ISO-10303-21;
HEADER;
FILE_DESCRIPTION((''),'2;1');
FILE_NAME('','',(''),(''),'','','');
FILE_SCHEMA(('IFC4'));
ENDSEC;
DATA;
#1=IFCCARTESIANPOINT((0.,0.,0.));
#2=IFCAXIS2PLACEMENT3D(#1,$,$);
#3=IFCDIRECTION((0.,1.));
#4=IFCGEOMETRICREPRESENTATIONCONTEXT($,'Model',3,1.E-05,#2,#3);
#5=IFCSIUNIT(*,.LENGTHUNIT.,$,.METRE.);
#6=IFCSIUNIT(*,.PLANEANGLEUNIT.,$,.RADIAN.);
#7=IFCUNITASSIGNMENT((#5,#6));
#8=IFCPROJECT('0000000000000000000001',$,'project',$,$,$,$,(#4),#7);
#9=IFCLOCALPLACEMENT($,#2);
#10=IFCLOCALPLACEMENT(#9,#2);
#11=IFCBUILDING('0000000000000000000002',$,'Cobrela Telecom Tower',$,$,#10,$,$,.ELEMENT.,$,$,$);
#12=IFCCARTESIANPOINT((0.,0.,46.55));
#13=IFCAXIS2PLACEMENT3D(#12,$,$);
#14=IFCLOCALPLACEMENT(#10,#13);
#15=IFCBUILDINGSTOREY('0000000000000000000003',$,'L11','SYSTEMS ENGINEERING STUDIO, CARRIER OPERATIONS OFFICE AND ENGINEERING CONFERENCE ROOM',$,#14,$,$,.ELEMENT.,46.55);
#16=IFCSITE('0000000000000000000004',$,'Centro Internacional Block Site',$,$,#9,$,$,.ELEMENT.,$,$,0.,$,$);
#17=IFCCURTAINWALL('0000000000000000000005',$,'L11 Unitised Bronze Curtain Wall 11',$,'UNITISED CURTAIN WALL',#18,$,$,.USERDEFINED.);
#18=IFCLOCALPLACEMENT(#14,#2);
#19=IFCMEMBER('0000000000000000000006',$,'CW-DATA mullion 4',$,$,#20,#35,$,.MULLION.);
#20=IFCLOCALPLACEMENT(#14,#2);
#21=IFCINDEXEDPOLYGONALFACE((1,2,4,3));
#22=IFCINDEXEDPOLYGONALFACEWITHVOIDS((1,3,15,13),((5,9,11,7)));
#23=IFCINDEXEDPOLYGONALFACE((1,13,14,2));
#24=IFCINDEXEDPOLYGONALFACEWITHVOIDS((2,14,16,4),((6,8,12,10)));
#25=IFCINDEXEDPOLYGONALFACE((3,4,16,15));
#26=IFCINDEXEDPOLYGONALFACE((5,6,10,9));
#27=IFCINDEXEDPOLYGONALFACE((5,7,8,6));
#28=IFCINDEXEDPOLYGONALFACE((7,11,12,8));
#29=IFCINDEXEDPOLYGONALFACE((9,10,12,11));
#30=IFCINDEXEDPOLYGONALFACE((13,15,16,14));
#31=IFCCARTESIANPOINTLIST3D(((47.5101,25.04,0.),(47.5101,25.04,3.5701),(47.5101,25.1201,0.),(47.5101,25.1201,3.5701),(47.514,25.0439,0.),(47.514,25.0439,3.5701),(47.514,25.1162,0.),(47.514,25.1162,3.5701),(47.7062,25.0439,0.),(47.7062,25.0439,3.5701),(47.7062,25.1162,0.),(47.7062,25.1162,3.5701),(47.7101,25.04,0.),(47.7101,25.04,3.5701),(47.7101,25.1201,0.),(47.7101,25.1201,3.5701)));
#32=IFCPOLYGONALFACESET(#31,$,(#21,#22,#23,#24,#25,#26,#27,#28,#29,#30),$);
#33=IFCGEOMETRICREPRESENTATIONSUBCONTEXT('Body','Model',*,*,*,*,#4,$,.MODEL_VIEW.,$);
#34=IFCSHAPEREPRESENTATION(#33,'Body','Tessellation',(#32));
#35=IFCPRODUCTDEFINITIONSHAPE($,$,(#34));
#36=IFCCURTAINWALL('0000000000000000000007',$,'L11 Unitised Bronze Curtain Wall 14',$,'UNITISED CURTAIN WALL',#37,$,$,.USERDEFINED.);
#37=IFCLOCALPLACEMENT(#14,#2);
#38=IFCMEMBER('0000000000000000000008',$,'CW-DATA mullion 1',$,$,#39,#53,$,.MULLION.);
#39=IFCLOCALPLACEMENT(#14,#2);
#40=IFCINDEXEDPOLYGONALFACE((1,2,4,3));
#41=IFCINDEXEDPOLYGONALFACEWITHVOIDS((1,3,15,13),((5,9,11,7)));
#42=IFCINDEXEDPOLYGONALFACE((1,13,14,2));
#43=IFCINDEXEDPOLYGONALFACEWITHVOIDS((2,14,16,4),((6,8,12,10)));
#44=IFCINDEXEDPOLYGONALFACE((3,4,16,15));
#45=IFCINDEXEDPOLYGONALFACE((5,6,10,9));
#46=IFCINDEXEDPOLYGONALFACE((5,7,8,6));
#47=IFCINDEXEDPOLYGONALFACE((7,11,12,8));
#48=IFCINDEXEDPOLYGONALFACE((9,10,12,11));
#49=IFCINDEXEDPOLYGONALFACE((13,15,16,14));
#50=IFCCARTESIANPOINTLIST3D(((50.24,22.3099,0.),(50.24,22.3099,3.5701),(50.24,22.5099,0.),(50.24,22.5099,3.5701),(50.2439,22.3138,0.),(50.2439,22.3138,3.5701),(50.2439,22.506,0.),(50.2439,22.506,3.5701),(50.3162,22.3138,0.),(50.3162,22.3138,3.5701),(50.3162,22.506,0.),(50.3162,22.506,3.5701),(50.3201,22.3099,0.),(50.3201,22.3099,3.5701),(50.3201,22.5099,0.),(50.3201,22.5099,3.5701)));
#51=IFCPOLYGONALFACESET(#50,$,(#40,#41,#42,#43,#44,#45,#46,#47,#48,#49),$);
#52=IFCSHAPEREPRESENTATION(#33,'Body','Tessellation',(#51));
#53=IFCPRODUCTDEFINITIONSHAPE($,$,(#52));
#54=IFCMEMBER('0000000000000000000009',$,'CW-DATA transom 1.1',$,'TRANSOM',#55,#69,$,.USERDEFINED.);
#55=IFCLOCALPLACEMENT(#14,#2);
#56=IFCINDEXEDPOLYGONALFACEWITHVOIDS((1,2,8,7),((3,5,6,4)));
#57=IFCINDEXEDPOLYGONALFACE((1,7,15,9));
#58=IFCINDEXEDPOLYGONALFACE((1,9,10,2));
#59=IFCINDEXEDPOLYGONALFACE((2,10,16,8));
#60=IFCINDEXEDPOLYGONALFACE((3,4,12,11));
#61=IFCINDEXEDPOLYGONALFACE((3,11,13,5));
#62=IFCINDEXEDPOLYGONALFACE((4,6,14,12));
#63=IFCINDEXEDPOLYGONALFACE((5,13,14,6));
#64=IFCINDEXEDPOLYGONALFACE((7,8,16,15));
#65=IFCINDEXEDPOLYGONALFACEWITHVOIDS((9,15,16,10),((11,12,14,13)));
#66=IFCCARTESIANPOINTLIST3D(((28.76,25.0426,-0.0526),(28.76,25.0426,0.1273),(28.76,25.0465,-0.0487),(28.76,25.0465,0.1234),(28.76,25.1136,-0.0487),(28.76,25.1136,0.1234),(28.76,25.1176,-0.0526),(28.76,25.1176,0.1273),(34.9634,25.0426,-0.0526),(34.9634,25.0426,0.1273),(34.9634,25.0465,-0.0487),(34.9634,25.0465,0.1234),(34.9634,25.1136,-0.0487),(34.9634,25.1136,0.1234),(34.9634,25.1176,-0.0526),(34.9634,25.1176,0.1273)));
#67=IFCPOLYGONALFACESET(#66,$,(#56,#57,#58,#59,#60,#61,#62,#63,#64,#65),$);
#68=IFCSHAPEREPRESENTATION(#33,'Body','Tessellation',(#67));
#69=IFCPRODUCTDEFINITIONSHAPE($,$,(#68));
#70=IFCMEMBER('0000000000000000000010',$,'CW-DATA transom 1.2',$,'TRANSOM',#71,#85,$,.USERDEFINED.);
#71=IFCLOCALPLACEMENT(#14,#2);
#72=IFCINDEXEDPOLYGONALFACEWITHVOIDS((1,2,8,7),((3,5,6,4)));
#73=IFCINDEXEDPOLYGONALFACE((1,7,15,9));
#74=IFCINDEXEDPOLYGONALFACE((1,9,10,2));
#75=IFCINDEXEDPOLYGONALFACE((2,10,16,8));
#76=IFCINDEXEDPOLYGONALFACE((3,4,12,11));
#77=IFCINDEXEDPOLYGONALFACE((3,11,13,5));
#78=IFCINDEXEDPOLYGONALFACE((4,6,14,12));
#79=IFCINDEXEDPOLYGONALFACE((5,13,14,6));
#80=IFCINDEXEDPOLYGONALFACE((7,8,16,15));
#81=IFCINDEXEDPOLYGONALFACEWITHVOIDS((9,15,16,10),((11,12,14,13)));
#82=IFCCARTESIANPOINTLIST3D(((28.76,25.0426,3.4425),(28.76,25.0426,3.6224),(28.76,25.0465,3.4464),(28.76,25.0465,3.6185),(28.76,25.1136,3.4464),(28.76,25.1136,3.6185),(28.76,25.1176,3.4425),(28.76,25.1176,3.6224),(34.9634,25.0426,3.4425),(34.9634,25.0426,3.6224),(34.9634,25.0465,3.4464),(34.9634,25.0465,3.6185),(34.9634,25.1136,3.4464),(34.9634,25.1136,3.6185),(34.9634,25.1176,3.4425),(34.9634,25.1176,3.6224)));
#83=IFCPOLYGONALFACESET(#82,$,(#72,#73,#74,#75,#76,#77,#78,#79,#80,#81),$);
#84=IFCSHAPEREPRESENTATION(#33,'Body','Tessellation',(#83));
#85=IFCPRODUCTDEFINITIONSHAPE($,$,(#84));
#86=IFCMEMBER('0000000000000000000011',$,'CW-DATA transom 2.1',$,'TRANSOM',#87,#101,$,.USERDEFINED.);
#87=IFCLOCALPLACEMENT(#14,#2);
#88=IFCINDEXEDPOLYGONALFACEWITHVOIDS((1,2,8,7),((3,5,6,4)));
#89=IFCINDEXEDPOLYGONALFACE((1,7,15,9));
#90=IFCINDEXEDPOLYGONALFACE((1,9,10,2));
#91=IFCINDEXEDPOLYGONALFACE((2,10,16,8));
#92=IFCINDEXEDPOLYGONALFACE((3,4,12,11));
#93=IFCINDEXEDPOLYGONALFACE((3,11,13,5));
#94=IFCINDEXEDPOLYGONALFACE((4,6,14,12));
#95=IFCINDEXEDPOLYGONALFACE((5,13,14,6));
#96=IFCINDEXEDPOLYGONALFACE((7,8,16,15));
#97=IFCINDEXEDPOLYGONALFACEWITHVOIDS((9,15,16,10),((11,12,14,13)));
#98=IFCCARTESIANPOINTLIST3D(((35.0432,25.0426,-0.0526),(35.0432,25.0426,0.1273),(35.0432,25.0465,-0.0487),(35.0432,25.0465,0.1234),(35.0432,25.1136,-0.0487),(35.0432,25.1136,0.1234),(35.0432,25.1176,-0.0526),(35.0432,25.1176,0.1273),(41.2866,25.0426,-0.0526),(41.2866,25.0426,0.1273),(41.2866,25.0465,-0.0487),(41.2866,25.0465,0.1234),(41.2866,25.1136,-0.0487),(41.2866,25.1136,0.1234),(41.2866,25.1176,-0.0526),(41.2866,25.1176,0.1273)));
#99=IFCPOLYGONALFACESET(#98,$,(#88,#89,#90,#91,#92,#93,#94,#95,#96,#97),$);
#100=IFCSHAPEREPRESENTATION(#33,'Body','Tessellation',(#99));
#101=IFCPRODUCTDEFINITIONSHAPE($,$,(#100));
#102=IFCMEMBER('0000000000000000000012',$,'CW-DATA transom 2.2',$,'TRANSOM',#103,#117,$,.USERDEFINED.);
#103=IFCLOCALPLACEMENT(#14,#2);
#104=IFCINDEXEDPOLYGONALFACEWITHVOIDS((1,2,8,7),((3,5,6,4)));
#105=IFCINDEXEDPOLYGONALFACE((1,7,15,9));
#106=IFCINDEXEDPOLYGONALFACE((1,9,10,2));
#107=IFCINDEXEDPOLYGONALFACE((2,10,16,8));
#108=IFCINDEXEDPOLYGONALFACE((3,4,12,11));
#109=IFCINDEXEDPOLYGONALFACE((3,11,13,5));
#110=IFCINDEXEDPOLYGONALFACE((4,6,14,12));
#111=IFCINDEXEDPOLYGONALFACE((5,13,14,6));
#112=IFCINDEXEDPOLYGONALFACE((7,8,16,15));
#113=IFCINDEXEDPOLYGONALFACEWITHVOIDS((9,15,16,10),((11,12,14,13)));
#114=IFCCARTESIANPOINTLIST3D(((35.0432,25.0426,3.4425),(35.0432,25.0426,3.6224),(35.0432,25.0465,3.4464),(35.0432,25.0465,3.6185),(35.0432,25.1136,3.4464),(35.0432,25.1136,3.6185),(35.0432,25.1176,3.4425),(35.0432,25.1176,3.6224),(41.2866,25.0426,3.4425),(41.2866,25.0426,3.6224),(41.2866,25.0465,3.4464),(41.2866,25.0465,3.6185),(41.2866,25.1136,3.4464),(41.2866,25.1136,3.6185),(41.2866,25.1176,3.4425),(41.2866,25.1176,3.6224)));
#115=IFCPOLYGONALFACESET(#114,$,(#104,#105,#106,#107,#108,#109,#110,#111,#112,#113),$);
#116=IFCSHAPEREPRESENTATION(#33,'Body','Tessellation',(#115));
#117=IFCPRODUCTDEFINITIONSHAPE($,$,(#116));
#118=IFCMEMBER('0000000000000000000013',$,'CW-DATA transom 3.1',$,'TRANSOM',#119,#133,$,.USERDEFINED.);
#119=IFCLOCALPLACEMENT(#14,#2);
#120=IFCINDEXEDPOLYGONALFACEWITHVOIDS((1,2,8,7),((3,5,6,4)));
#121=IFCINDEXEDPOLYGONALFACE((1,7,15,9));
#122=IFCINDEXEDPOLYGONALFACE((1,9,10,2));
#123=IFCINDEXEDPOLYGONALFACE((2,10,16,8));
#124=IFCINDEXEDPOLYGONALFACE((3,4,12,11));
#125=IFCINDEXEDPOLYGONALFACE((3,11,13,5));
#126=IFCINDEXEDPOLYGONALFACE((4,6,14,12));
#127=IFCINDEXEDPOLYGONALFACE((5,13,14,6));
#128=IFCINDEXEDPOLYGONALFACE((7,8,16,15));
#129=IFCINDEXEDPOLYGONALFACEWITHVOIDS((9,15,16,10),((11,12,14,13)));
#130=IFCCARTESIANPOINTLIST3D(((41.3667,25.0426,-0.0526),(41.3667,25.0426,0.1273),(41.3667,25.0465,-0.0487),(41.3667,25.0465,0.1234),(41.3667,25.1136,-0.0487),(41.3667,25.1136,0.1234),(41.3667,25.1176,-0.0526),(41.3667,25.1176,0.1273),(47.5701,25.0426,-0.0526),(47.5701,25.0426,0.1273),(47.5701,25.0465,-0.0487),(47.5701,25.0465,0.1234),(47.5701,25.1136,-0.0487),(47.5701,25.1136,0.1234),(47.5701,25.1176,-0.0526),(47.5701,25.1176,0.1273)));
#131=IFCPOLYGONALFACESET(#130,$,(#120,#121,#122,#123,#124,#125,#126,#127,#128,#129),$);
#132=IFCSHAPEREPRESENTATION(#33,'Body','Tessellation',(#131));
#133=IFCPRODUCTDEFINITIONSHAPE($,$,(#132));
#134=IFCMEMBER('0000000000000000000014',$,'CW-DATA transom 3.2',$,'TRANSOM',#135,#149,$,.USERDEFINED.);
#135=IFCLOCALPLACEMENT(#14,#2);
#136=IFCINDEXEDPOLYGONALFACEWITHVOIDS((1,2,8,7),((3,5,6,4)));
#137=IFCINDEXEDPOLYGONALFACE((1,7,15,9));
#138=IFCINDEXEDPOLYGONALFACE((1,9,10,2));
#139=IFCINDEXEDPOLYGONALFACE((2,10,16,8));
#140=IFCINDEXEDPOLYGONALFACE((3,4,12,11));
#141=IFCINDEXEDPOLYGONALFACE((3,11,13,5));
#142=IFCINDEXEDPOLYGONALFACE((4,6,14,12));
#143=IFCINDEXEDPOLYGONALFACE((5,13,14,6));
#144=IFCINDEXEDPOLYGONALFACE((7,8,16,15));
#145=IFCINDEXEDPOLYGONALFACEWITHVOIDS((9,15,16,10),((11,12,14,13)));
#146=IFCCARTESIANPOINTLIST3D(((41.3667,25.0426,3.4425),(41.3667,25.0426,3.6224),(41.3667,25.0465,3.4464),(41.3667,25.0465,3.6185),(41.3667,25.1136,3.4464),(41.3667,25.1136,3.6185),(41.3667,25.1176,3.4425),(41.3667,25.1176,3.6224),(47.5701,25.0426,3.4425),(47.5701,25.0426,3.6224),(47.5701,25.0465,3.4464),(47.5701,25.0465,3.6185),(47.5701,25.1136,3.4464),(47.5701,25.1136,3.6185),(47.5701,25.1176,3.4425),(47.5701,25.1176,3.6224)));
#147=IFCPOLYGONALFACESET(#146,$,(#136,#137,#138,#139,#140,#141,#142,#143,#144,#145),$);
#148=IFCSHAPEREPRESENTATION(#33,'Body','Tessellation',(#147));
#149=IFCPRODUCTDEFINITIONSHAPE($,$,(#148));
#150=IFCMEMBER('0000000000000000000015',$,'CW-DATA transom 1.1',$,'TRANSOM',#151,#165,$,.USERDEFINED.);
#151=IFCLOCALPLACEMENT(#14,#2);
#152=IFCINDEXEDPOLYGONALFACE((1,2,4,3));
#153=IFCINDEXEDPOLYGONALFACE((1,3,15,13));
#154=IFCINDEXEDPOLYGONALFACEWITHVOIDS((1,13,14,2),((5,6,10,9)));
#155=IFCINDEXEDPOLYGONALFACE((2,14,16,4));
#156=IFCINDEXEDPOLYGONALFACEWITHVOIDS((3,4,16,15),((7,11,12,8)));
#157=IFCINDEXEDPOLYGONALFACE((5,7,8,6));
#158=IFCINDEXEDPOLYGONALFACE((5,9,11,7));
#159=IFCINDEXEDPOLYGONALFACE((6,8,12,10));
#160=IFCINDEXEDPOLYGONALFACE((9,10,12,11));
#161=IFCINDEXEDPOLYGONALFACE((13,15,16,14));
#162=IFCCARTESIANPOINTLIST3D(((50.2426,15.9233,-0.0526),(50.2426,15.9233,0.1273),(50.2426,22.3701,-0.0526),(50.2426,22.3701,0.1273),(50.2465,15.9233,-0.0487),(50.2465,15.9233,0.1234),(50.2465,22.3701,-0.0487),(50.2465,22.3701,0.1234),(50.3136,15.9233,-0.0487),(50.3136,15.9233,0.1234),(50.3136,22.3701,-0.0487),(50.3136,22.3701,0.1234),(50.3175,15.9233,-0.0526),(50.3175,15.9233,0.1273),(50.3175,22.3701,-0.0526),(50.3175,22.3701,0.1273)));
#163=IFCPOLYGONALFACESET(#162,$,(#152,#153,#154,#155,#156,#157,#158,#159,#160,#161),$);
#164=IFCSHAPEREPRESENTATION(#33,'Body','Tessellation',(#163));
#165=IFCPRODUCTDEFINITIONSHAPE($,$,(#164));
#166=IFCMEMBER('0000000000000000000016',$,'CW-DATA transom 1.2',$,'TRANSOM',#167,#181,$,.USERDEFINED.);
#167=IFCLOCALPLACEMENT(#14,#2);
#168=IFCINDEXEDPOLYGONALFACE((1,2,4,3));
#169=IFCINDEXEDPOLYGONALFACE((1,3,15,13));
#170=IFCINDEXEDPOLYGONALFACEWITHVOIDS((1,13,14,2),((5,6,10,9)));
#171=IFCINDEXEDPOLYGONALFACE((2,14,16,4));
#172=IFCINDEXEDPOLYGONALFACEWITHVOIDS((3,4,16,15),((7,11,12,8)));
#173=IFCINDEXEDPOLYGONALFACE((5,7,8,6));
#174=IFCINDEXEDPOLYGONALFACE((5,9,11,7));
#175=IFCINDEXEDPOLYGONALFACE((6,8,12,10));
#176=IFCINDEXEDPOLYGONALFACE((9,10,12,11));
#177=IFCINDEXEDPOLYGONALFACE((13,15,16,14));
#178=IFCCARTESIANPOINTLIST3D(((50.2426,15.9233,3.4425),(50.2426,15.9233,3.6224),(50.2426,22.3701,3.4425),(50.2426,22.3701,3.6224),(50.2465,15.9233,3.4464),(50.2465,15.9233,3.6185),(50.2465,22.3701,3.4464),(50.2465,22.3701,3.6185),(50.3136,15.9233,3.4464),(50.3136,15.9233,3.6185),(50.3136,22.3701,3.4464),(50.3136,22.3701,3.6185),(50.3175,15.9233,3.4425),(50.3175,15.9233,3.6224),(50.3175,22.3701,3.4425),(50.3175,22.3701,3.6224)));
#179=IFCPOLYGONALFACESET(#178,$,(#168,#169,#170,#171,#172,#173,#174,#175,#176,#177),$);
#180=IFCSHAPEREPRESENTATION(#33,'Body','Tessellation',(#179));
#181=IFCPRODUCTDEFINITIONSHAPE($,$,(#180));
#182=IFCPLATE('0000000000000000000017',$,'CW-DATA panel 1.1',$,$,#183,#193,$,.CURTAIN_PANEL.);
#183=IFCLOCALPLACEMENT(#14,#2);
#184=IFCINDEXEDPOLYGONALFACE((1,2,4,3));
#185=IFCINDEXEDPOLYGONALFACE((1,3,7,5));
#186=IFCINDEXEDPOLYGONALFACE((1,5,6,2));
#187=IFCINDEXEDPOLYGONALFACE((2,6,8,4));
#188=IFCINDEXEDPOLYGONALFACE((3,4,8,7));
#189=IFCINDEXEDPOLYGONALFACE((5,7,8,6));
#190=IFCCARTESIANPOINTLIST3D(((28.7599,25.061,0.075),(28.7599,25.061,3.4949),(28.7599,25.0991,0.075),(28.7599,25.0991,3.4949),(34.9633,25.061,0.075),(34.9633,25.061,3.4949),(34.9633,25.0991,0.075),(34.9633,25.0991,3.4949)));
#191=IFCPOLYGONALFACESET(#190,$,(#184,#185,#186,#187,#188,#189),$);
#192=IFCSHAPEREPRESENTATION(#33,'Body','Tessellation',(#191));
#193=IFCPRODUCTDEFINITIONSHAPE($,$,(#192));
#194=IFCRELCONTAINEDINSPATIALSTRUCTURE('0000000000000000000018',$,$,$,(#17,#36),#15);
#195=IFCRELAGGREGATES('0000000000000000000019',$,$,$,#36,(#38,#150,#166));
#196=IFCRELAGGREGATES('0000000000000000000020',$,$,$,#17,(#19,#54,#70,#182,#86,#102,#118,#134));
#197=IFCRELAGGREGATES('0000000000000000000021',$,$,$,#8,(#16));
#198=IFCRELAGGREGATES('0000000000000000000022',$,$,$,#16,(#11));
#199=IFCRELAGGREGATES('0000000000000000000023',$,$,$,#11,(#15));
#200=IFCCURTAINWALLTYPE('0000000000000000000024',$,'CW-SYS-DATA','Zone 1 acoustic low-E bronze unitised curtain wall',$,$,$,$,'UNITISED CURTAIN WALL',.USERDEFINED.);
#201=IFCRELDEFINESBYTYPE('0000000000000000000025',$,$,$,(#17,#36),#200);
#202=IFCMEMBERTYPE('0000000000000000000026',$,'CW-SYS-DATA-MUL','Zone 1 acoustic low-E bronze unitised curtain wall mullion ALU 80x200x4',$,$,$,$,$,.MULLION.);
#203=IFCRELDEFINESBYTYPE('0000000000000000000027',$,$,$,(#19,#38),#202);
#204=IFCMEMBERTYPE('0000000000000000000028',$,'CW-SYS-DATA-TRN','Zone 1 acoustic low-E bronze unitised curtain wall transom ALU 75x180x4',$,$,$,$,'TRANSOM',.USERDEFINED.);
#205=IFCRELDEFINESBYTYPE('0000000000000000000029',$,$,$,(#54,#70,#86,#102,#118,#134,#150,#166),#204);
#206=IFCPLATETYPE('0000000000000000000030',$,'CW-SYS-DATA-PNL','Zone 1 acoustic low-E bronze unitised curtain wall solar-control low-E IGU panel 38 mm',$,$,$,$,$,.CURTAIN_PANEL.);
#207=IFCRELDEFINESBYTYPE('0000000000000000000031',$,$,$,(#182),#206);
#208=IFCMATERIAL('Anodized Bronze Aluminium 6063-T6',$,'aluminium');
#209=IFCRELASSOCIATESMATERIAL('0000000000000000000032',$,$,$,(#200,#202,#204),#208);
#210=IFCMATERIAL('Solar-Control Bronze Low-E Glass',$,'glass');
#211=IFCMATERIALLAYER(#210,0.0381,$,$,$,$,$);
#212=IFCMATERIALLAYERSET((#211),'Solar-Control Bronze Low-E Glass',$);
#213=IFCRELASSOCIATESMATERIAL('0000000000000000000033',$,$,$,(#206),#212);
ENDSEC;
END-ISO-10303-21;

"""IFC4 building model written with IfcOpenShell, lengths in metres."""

from ifc_helpers import new_model, si_unit, direction, frame, origin, origin_2d, place, context, subcontext, project, spatial, rectangle, hollow_rectangle, extrude, material, layer, layer_set, material_profile, profile_set, type_object, element, aggregate, save


model = new_model("IFC4")

# Units and contexts
model_context = context("Model", 3, precision=1e-05, world=origin(), true_north=direction((0.0, 1.0)))
body_context = subcontext(model_context, "Body", "Model", "MODEL_VIEW")
ifc_project = project(units=[si_unit("LENGTHUNIT", "METRE"), si_unit("PLANEANGLEUNIT", "RADIAN")], contexts=[model_context])

# Site, building, storey
site_placement = place(None, origin())
site = spatial("IfcSite", under=ifc_project, at=site_placement, Name="Centro Internacional Block Site", CompositionType="ELEMENT", RefElevation=0.0)
building_placement = place(site_placement, origin())
building = spatial("IfcBuilding", under=site, at=building_placement, Name="Cobrela Telecom Tower", CompositionType="ELEMENT")
storey_placement = place(building_placement, frame((0.0, 0.0, 46.55)))
storey = spatial("IfcBuildingStorey", under=building, at=storey_placement, Name="L11", Description="SYSTEMS ENGINEERING STUDIO, CARRIER OPERATIONS OFFICE AND ENGINEERING CONFERENCE ROOM", CompositionType="ELEMENT", Elevation=46.55)

# Shared definitions
ifc_material_1 = material(Name="Anodized Bronze Aluminium 6063-T6", Category="aluminium")
curtain_wall_type = type_object("IfcCurtainWallType", Name="CW-SYS-DATA", Description="Zone 1 acoustic low-E bronze unitised curtain wall", ElementType="UNITISED CURTAIN WALL", PredefinedType="USERDEFINED", material=ifc_material_1)
ifc_material_profile_1 = material_profile(ifc_material_1, hollow_rectangle(XDim=0.0801, YDim=0.2, WallThickness=0.0039, at=origin_2d()), Name="ALU 80x200x4")
ifc_profile_set_1 = profile_set([ifc_material_profile_1], Name="Anodized Bronze Aluminium 6063-T6")
member_type_1 = type_object("IfcMemberType", Name="CW-SYS-DATA-MUL", Description="Zone 1 acoustic low-E bronze unitised curtain wall mullion ALU 80x200x4", PredefinedType="MULLION", material=ifc_profile_set_1)

# Curtain wall, member
curtain_wall_1_placement = place(storey_placement, origin())
curtain_wall_1 = element("IfcCurtainWall", 1, at=curtain_wall_1_placement, inside=storey, type_object=curtain_wall_type, Name="L11 Unitised Bronze Curtain Wall 11", ObjectType="UNITISED CURTAIN WALL", PredefinedType="USERDEFINED")
member_1_placement = place(storey_placement, frame((47.6101, 25.0801, 0.0), z_axis=(0.0, 0.0, 1.0), x_axis=(0.0, 1.0, 0.0)))
member_1 = element("IfcMember", 2, at=member_1_placement, type_object=member_type_1, Name="CW-DATA mullion 4", PredefinedType="MULLION", context=body_context, shape_type="SweptSolid", body=[
    extrude(hollow_rectangle(XDim=0.0801, YDim=0.2, WallThickness=0.0039, at=origin_2d()), origin(), (0.0, 0.0, 1.0), 3.5701),
])

# Curtain wall, member
curtain_wall_2_placement = place(storey_placement, origin())
curtain_wall_2 = element("IfcCurtainWall", 3, at=curtain_wall_2_placement, inside=storey, type_object=curtain_wall_type, Name="L11 Unitised Bronze Curtain Wall 14", ObjectType="UNITISED CURTAIN WALL", PredefinedType="USERDEFINED")
member_2_placement = place(storey_placement, frame((50.28, 22.4099, 0.0), z_axis=(0.0, 0.0, 1.0), x_axis=(1.0, 0.0, 0.0)))
member_2 = element("IfcMember", 4, at=member_2_placement, type_object=member_type_1, Name="CW-DATA mullion 1", PredefinedType="MULLION", context=body_context, shape_type="SweptSolid", body=[
    extrude(hollow_rectangle(XDim=0.0801, YDim=0.2, WallThickness=0.0039, at=origin_2d()), origin(), (0.0, 0.0, 1.0), 3.5701),
])

# Members
ifc_material_profile_2 = material_profile(ifc_material_1, hollow_rectangle(XDim=0.075, YDim=0.1799, WallThickness=0.0039, at=origin_2d()), Name="ALU 75x180x4")
ifc_profile_set_2 = profile_set([ifc_material_profile_2], Name="Anodized Bronze Aluminium 6063-T6")
member_type_2 = type_object("IfcMemberType", Name="CW-SYS-DATA-TRN", Description="Zone 1 acoustic low-E bronze unitised curtain wall transom ALU 75x180x4", ElementType="TRANSOM", PredefinedType="USERDEFINED", material=ifc_profile_set_2)
member_3_placement = place(storey_placement, frame((28.76, 25.0801, 0.0374), z_axis=(1.0, 0.0, 0.0), x_axis=(0.0, 1.0, 0.0)))
member_3 = element("IfcMember", 5, at=member_3_placement, type_object=member_type_2, Name="CW-DATA transom 1.1", ObjectType="TRANSOM", PredefinedType="USERDEFINED", context=body_context, shape_type="SweptSolid", body=[
    extrude(hollow_rectangle(XDim=0.075, YDim=0.1799, WallThickness=0.0039, at=origin_2d()), origin(), (0.0, 0.0, 1.0), 6.2034),
])
member_4_placement = place(storey_placement, frame((28.76, 25.0801, 3.5325), z_axis=(1.0, 0.0, 0.0), x_axis=(0.0, 1.0, 0.0)))
member_4 = element("IfcMember", 6, at=member_4_placement, type_object=member_type_2, Name="CW-DATA transom 1.2", ObjectType="TRANSOM", PredefinedType="USERDEFINED", context=body_context, shape_type="SweptSolid", body=[
    extrude(hollow_rectangle(XDim=0.075, YDim=0.1799, WallThickness=0.0039, at=origin_2d()), origin(), (0.0, 0.0, 1.0), 6.2034),
])
member_5_placement = place(storey_placement, frame((35.0432, 25.0801, 0.0374), z_axis=(1.0, 0.0, 0.0), x_axis=(0.0, 1.0, 0.0)))
member_5 = element("IfcMember", 7, at=member_5_placement, type_object=member_type_2, Name="CW-DATA transom 2.1", ObjectType="TRANSOM", PredefinedType="USERDEFINED", context=body_context, shape_type="SweptSolid", body=[
    extrude(hollow_rectangle(XDim=0.075, YDim=0.1799, WallThickness=0.0039, at=origin_2d()), origin(), (0.0, 0.0, 1.0), 6.2434),
])
member_6_placement = place(storey_placement, frame((35.0432, 25.0801, 3.5325), z_axis=(1.0, 0.0, 0.0), x_axis=(0.0, 1.0, 0.0)))
member_6 = element("IfcMember", 8, at=member_6_placement, type_object=member_type_2, Name="CW-DATA transom 2.2", ObjectType="TRANSOM", PredefinedType="USERDEFINED", context=body_context, shape_type="SweptSolid", body=[
    extrude(hollow_rectangle(XDim=0.075, YDim=0.1799, WallThickness=0.0039, at=origin_2d()), origin(), (0.0, 0.0, 1.0), 6.2434),
])
member_7_placement = place(storey_placement, frame((41.3667, 25.0801, 0.0374), z_axis=(1.0, 0.0, 0.0), x_axis=(0.0, 1.0, 0.0)))
member_7 = element("IfcMember", 9, at=member_7_placement, type_object=member_type_2, Name="CW-DATA transom 3.1", ObjectType="TRANSOM", PredefinedType="USERDEFINED", context=body_context, shape_type="SweptSolid", body=[
    extrude(hollow_rectangle(XDim=0.075, YDim=0.1799, WallThickness=0.0039, at=origin_2d()), origin(), (0.0, 0.0, 1.0), 6.2034),
])
member_8_placement = place(storey_placement, frame((41.3667, 25.0801, 3.5325), z_axis=(1.0, 0.0, 0.0), x_axis=(0.0, 1.0, 0.0)))
member_8 = element("IfcMember", 10, at=member_8_placement, type_object=member_type_2, Name="CW-DATA transom 3.2", ObjectType="TRANSOM", PredefinedType="USERDEFINED", context=body_context, shape_type="SweptSolid", body=[
    extrude(hollow_rectangle(XDim=0.075, YDim=0.1799, WallThickness=0.0039, at=origin_2d()), origin(), (0.0, 0.0, 1.0), 6.2034),
])
member_9_placement = place(storey_placement, frame((50.28, 22.3701, 0.0374), z_axis=(0.0, -1.0, 0.0), x_axis=(1.0, 0.0, 0.0)))
member_9 = element("IfcMember", 11, at=member_9_placement, type_object=member_type_2, Name="CW-DATA transom 1.1", ObjectType="TRANSOM", PredefinedType="USERDEFINED", context=body_context, shape_type="SweptSolid", body=[
    extrude(hollow_rectangle(XDim=0.075, YDim=0.1799, WallThickness=0.0039, at=origin_2d()), origin(), (0.0, 0.0, 1.0), 6.4468),
])
member_10_placement = place(storey_placement, frame((50.28, 22.3701, 3.5325), z_axis=(0.0, -1.0, 0.0), x_axis=(1.0, 0.0, 0.0)))
member_10 = element("IfcMember", 12, at=member_10_placement, type_object=member_type_2, Name="CW-DATA transom 1.2", ObjectType="TRANSOM", PredefinedType="USERDEFINED", context=body_context, shape_type="SweptSolid", body=[
    extrude(hollow_rectangle(XDim=0.075, YDim=0.1799, WallThickness=0.0039, at=origin_2d()), origin(), (0.0, 0.0, 1.0), 6.4468),
])
aggregate(curtain_wall_2, [member_2, member_9, member_10])

# Plate
ifc_material_2 = material(Name="Solar-Control Bronze Low-E Glass", Category="glass")
ifc_layer_1 = layer(ifc_material_2, 0.0381)
ifc_layer_set_1 = layer_set([ifc_layer_1], Name="Solar-Control Bronze Low-E Glass")
plate_type = type_object("IfcPlateType", Name="CW-SYS-DATA-PNL", Description="Zone 1 acoustic low-E bronze unitised curtain wall solar-control low-E IGU panel 38 mm", PredefinedType="CURTAIN_PANEL", material=ifc_layer_set_1)
plate_1_placement = place(storey_placement, frame((31.8616, 25.0801, 0.075), z_axis=(0.0, 0.0, 1.0), x_axis=(1.0, 0.0, 0.0)))
plate_1 = element("IfcPlate", 13, at=plate_1_placement, type_object=plate_type, Name="CW-DATA panel 1.1", PredefinedType="CURTAIN_PANEL", context=body_context, shape_type="SweptSolid", body=[
    extrude(rectangle(XDim=6.2034, YDim=0.0381, at=origin_2d()), origin(), (0.0, 0.0, 1.0), 3.4199),
])
aggregate(curtain_wall_1, [member_1, member_3, member_4, plate_1, member_5, member_6, member_7, member_8])

save(model, "model.ifc")
